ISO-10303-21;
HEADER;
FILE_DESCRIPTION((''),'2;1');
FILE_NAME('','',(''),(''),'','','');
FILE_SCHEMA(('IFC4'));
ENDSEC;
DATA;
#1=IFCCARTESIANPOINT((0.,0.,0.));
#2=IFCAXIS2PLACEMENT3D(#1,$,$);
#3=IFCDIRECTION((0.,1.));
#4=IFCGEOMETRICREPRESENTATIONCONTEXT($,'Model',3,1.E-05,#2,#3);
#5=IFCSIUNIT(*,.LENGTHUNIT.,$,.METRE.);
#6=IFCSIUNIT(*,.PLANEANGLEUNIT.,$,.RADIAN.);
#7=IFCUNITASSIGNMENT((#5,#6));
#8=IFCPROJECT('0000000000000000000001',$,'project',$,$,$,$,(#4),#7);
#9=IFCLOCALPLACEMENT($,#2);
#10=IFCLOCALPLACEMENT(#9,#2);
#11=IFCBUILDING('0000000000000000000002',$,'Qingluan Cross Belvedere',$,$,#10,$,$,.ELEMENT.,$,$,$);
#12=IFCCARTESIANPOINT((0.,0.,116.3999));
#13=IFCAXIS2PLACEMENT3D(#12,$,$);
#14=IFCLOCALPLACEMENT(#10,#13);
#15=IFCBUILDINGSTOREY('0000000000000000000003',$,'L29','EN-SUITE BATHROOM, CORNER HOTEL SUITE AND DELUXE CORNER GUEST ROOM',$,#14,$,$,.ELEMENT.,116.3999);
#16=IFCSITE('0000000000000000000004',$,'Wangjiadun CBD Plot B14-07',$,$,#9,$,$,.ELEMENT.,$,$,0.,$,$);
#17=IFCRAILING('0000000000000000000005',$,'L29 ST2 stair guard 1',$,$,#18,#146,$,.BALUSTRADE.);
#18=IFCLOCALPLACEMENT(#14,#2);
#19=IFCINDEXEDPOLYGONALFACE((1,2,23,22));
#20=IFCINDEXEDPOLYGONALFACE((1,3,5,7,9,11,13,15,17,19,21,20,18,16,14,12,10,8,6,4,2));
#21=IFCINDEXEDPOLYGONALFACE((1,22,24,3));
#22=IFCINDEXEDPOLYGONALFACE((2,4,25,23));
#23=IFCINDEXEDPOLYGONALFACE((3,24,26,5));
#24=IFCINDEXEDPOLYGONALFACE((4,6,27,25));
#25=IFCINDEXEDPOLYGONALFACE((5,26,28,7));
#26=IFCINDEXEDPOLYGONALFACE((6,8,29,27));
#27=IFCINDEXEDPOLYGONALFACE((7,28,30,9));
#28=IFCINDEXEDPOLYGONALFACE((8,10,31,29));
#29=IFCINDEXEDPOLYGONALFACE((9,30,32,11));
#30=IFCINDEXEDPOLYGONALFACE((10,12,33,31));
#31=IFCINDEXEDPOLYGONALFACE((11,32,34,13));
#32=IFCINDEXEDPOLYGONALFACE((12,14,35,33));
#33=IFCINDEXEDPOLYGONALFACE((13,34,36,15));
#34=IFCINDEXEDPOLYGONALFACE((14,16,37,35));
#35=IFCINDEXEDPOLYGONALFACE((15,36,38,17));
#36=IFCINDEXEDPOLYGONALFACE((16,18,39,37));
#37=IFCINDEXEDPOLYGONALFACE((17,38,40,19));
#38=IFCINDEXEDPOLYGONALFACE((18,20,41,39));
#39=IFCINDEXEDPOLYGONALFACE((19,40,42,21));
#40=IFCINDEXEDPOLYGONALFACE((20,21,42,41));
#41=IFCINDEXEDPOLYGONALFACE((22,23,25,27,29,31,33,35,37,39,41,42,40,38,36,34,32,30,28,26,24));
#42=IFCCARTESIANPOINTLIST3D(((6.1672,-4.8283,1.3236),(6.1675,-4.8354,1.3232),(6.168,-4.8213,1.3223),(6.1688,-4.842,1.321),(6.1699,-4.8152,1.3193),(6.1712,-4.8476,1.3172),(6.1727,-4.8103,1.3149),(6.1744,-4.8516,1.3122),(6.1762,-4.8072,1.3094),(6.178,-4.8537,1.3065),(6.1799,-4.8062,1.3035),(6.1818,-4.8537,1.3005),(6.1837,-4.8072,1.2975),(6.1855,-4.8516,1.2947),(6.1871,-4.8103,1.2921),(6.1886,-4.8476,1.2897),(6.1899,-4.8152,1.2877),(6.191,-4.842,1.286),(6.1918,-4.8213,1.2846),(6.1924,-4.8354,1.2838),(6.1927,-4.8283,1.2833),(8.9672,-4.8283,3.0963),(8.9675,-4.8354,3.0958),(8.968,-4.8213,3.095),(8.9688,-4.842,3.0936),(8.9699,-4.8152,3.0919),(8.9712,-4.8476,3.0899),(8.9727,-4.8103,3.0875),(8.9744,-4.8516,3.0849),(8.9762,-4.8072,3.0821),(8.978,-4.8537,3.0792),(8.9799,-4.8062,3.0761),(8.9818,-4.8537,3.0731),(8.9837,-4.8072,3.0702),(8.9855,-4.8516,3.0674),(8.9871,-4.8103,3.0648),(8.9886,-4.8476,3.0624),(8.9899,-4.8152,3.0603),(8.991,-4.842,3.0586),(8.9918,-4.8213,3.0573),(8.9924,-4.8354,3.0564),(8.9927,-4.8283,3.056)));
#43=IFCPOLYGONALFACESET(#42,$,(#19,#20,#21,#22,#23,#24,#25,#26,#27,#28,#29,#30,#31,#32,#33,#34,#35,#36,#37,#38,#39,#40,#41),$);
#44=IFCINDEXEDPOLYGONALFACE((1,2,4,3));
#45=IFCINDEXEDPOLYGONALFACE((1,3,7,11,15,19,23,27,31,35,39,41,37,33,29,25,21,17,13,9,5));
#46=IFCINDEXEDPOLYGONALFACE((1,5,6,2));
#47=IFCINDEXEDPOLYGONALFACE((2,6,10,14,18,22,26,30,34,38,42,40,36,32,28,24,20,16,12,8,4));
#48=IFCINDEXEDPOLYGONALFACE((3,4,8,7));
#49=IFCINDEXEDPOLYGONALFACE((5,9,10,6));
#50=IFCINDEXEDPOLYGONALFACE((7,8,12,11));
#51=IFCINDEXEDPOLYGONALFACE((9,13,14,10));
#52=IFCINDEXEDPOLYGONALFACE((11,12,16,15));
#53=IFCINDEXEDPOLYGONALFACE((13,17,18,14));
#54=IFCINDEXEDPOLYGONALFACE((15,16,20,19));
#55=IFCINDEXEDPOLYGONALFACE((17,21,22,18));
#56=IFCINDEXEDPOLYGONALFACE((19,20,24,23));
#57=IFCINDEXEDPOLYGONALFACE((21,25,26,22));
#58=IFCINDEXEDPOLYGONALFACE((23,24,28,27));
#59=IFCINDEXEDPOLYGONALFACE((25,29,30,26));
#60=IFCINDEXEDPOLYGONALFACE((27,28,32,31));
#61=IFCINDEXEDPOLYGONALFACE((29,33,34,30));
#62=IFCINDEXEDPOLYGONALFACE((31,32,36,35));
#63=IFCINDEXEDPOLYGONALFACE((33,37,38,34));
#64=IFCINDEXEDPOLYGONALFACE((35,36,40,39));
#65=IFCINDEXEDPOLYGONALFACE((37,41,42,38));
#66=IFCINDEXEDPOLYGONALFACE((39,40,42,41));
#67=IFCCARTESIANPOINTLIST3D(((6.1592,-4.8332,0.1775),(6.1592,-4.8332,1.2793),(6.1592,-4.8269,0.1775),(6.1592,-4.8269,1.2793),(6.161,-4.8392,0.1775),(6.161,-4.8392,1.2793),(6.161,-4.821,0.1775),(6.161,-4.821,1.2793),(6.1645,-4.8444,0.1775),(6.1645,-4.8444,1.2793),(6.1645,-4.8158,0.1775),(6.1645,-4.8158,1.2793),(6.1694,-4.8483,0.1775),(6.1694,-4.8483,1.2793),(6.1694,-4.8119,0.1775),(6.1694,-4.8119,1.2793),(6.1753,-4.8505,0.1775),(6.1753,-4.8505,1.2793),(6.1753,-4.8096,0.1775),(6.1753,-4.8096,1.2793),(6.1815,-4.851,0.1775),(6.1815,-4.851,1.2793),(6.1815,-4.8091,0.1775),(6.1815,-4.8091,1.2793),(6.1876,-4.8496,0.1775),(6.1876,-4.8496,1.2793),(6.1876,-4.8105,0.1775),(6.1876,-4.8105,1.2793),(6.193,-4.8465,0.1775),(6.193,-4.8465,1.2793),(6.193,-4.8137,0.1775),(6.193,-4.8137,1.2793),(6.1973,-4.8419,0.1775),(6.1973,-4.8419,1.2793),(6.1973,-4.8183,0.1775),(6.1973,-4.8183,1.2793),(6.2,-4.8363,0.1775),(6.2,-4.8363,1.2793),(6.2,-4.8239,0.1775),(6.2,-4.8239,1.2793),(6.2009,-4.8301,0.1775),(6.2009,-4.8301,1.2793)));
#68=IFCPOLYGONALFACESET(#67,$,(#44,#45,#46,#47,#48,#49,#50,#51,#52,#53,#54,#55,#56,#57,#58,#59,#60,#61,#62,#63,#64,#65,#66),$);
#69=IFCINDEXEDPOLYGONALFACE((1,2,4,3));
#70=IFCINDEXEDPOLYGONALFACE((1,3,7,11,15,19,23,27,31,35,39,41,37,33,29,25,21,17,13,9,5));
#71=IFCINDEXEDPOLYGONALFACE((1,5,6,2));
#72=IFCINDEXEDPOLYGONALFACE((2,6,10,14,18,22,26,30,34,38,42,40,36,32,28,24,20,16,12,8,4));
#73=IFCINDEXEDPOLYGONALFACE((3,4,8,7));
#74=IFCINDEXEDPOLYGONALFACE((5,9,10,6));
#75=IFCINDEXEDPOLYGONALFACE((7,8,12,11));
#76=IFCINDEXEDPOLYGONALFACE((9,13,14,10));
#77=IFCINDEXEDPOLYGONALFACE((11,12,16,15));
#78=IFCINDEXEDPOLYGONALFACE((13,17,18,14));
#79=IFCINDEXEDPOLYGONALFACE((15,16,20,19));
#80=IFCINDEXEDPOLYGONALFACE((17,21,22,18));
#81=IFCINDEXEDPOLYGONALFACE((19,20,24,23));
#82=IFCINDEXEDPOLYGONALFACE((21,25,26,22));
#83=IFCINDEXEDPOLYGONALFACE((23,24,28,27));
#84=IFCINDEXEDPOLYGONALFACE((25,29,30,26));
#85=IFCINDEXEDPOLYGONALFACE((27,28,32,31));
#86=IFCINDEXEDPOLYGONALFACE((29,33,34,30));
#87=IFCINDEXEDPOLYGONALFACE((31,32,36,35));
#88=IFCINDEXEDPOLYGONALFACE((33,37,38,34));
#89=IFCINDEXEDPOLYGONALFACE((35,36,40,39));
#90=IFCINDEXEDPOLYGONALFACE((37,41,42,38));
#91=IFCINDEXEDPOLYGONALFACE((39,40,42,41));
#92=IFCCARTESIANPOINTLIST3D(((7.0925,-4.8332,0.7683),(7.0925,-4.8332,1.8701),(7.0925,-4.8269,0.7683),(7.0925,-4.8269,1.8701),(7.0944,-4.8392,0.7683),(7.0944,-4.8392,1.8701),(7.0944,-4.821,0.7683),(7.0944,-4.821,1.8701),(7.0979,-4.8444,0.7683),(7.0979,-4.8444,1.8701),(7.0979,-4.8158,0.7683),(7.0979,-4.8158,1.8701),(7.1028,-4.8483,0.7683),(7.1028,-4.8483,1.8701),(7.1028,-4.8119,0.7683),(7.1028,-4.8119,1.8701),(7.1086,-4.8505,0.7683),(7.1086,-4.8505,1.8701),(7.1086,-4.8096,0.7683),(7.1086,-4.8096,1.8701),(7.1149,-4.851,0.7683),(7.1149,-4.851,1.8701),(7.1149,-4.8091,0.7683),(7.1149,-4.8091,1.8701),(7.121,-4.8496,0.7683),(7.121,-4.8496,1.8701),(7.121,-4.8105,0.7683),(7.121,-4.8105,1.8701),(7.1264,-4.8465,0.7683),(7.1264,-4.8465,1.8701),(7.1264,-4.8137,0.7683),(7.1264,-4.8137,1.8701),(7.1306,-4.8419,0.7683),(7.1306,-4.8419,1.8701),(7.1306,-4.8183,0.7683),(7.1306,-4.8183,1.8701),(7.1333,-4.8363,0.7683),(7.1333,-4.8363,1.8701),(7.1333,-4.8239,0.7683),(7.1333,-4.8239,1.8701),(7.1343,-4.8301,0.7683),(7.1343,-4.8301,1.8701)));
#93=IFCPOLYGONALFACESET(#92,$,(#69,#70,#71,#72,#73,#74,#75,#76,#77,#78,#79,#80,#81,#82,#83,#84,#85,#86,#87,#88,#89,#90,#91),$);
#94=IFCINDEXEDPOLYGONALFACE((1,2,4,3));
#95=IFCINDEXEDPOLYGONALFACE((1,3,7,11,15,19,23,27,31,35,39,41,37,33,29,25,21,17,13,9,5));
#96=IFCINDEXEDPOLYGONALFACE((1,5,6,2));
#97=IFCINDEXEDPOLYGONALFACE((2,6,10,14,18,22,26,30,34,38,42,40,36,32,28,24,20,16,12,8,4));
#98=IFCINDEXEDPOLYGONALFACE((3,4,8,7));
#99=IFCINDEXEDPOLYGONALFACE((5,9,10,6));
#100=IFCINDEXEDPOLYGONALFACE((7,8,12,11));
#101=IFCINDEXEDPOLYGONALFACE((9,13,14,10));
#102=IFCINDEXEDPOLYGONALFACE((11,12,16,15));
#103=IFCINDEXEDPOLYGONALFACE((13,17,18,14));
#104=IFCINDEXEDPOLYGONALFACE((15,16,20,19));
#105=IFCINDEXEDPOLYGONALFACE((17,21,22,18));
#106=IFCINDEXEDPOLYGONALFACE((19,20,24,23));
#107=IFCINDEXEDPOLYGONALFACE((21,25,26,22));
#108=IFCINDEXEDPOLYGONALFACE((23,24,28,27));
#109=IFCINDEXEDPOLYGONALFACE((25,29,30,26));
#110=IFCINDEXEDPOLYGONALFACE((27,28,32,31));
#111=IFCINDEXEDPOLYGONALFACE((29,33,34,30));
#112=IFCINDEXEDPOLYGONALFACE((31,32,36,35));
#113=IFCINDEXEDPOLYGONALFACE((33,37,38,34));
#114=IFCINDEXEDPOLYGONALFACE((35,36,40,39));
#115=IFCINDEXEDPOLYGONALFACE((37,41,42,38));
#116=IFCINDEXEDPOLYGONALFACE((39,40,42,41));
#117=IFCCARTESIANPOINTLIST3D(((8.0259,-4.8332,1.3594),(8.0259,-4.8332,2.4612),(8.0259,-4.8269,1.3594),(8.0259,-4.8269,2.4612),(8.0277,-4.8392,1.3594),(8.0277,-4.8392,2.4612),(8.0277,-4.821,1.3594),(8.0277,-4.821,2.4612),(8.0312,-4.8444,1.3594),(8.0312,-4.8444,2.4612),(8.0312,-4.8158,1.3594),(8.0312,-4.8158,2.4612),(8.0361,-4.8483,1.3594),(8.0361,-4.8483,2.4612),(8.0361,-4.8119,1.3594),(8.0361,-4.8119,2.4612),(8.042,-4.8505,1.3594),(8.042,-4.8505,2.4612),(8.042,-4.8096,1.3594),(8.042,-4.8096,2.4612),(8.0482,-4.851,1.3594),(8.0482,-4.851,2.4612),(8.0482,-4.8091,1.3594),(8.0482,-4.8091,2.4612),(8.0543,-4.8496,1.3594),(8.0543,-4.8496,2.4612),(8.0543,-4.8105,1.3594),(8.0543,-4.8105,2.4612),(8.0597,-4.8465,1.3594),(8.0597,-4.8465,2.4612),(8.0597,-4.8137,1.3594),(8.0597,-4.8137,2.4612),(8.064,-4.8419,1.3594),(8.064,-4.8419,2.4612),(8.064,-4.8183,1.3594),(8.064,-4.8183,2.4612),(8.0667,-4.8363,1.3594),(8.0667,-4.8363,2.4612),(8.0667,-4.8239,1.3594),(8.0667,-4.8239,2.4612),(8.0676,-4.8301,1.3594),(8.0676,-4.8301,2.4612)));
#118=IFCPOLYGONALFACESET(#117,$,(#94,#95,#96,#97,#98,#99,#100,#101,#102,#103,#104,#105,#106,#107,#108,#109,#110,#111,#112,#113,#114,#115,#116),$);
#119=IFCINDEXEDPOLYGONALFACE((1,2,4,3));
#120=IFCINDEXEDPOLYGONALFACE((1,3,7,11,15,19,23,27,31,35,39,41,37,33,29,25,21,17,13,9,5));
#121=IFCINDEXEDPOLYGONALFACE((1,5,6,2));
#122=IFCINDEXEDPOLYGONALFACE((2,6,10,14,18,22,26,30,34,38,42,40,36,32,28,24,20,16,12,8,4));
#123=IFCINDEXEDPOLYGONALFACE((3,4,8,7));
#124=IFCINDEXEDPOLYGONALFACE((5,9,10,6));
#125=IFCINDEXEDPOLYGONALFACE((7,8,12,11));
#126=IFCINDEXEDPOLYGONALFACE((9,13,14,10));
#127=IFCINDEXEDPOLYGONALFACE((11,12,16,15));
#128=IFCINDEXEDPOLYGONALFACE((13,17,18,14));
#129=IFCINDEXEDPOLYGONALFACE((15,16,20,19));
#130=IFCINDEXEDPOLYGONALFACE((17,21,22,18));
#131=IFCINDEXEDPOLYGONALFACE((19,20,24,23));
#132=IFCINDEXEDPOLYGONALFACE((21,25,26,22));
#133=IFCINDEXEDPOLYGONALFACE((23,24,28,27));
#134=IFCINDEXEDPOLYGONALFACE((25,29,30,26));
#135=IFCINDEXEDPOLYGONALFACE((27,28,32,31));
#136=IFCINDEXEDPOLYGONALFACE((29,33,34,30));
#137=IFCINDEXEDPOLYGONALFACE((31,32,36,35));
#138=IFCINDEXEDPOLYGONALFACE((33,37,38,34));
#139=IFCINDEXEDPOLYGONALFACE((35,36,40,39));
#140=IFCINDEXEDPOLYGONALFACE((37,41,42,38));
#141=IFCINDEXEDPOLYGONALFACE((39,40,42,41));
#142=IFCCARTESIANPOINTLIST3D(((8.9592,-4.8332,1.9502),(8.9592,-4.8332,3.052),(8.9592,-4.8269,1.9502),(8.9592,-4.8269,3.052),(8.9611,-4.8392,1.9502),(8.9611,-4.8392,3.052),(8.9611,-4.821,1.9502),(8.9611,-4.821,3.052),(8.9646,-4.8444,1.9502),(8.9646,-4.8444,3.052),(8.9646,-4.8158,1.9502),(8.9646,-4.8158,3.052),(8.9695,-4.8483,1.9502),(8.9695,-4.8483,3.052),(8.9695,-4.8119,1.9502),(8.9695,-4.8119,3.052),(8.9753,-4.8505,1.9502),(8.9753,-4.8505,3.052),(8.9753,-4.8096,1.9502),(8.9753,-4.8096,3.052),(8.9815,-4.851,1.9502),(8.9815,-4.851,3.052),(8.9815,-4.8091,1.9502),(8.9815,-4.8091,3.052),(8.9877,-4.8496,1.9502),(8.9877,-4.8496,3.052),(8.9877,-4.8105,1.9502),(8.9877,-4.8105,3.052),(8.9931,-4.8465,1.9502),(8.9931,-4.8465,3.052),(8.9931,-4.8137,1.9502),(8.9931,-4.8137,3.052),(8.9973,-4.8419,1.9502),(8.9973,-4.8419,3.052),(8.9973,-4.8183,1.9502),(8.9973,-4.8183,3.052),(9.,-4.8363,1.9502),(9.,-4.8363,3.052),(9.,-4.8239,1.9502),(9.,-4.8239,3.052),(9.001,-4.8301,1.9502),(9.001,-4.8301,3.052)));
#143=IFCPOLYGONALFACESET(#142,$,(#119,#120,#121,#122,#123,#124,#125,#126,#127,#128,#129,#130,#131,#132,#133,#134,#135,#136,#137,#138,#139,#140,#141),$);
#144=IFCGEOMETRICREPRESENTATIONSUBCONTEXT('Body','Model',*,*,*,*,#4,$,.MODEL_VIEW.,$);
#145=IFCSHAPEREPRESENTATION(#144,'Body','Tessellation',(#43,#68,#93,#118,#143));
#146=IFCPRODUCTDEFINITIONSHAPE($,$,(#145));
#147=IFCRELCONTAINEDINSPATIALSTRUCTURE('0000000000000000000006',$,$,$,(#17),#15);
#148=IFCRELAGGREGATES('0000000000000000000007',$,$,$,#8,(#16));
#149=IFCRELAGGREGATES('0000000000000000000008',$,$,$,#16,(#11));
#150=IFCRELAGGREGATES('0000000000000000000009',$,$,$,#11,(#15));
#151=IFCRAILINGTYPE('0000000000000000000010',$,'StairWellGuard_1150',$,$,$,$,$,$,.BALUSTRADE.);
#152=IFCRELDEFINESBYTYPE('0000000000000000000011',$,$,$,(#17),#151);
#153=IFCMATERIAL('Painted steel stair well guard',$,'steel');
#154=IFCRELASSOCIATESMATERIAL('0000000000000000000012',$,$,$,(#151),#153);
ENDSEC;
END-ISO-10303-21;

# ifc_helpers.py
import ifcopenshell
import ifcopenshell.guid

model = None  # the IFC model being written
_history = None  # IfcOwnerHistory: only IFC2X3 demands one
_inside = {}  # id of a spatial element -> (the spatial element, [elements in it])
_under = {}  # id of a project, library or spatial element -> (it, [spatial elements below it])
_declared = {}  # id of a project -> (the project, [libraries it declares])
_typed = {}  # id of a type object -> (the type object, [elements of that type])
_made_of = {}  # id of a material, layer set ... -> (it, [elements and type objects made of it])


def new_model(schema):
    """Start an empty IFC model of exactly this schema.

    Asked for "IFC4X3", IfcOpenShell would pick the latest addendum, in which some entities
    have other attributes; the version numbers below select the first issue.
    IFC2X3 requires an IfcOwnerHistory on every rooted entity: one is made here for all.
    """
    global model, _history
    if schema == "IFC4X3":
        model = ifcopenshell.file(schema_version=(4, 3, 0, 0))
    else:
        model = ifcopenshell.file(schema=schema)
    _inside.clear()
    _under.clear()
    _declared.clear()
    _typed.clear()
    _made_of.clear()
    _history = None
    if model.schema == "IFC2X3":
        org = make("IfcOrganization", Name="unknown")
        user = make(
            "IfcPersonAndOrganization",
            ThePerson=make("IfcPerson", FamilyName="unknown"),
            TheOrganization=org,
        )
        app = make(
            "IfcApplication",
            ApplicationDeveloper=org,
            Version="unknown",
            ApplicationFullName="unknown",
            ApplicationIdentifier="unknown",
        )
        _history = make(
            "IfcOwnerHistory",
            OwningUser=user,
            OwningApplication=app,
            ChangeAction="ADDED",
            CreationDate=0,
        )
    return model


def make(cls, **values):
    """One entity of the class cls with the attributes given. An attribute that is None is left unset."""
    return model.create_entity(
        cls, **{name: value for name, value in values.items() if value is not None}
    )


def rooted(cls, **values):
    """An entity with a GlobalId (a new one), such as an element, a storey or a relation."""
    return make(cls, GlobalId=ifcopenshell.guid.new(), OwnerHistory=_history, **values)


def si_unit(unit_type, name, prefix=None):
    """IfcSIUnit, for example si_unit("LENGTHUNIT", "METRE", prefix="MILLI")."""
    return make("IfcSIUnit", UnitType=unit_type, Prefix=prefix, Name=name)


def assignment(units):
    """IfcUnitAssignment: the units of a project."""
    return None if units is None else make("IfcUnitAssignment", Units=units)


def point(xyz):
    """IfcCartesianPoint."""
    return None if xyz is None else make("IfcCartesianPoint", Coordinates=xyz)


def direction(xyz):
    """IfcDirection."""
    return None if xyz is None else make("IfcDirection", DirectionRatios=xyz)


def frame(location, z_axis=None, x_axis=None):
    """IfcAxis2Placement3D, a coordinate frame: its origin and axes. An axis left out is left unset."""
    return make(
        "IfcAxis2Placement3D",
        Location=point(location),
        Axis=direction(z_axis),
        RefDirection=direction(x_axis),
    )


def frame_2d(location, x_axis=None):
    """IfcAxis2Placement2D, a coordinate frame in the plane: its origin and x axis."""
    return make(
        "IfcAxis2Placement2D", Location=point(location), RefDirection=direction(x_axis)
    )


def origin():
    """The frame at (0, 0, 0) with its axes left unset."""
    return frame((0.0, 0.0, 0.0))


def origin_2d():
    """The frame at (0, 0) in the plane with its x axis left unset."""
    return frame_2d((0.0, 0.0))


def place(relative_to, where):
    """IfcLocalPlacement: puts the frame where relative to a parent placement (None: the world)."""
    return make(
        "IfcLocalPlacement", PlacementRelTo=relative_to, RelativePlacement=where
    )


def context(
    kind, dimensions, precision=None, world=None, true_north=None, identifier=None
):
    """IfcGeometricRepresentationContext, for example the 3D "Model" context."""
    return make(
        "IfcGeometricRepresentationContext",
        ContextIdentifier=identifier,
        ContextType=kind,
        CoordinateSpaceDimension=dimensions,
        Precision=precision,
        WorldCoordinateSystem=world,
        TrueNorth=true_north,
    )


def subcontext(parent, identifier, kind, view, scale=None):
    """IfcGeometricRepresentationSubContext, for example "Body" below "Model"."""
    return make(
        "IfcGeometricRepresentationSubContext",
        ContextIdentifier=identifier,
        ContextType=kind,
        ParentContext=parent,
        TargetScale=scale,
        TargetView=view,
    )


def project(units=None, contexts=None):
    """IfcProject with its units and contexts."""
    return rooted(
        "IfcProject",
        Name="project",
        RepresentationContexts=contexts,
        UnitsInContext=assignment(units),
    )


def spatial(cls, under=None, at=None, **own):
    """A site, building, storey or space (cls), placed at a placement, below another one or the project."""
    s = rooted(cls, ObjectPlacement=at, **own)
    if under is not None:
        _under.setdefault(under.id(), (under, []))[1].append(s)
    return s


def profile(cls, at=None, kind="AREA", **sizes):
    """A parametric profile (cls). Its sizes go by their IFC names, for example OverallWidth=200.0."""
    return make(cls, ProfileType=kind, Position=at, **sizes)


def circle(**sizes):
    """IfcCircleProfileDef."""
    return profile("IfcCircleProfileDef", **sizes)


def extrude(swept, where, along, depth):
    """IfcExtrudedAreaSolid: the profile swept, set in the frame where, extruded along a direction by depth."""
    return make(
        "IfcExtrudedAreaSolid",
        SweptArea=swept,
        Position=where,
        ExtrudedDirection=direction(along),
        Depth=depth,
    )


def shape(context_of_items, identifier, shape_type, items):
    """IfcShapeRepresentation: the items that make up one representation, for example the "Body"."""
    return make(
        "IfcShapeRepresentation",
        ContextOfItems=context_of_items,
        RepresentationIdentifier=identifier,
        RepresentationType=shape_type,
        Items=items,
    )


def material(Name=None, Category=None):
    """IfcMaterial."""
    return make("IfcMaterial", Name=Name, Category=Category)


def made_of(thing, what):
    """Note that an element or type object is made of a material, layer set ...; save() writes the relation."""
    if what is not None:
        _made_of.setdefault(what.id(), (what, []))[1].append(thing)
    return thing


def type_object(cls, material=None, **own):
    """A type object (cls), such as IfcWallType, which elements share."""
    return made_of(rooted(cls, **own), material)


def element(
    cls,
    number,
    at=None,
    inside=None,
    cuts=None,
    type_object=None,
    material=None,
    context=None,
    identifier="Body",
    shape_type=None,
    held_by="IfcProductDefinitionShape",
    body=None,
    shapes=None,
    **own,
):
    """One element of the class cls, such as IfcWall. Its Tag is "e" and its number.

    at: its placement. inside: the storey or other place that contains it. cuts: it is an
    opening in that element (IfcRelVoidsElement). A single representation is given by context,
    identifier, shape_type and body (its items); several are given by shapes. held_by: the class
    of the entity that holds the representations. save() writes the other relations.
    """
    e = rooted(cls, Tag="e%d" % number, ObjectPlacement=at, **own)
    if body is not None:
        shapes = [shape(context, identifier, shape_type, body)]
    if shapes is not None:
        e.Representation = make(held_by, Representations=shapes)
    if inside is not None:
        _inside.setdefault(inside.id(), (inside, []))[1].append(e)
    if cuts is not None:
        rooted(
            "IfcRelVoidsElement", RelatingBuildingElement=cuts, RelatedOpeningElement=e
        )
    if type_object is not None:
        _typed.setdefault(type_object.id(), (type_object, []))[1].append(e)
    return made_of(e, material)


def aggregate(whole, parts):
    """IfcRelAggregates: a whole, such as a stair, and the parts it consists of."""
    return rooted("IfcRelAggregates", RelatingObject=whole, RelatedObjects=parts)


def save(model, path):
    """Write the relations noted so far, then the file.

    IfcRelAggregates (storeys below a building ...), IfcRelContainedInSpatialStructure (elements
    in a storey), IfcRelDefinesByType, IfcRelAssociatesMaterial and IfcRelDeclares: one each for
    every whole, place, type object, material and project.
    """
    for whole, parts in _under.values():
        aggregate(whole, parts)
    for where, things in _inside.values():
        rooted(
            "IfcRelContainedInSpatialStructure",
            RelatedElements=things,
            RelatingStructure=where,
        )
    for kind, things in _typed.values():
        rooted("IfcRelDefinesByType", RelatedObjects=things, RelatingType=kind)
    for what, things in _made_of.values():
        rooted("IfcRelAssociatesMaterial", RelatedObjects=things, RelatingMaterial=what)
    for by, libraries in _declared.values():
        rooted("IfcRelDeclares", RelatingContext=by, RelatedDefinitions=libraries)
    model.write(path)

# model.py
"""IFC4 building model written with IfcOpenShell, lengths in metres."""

from ifc_helpers import new_model, si_unit, direction, frame, origin, origin_2d, place, context, subcontext, project, spatial, circle, extrude, material, type_object, element, save


model = new_model("IFC4")

# Units and contexts
model_context = context("Model", 3, precision=1e-05, world=origin(), true_north=direction((0.0, 1.0)))
body_context = subcontext(model_context, "Body", "Model", "MODEL_VIEW")
ifc_project = project(units=[si_unit("LENGTHUNIT", "METRE"), si_unit("PLANEANGLEUNIT", "RADIAN")], contexts=[model_context])

# Site, building, storey
site_placement = place(None, origin())
site = spatial("IfcSite", under=ifc_project, at=site_placement, Name="Wangjiadun CBD Plot B14-07", CompositionType="ELEMENT", RefElevation=0.0)
building_placement = place(site_placement, origin())
building = spatial("IfcBuilding", under=site, at=building_placement, Name="Qingluan Cross Belvedere", CompositionType="ELEMENT")
storey_placement = place(building_placement, frame((0.0, 0.0, 116.3999)))
storey = spatial("IfcBuildingStorey", under=building, at=storey_placement, Name="L29", Description="EN-SUITE BATHROOM, CORNER HOTEL SUITE AND DELUXE CORNER GUEST ROOM", CompositionType="ELEMENT", Elevation=116.3999)

# Railing
ifc_material_1 = material(Name="Painted steel stair well guard", Category="steel")
railing_type_1 = type_object("IfcRailingType", Name="StairWellGuard_1150", PredefinedType="BALUSTRADE", material=ifc_material_1)
railing_1_placement = place(storey_placement, frame((6.1799, -4.8301, 0.1775)))
element("IfcRailing", 1, at=railing_1_placement, inside=storey, type_object=railing_type_1, Name="L29 ST2 stair guard 1", PredefinedType="BALUSTRADE", context=body_context, shape_type="SweptSolid", body=[
    extrude(circle(Radius=0.0239, at=origin_2d()), frame((0.0, 0.0, 1.126), z_axis=(0.844909, 0.0, 0.53491), x_axis=(0.0, 1.0, 0.0)), (0.0, 0.0, 1.0), 3.314),
    extrude(circle(Radius=0.021, at=origin_2d()), origin(), (0.0, 0.0, 1.0), 1.1018),
    extrude(circle(Radius=0.021, at=origin_2d()), frame((0.9333, 0.0, 0.5908)), (0.0, 0.0, 1.0), 1.1018),
    extrude(circle(Radius=0.021, at=origin_2d()), frame((1.8667, 0.0, 1.1819)), (0.0, 0.0, 1.0), 1.1018),
    extrude(circle(Radius=0.021, at=origin_2d()), frame((2.8, 0.0, 1.7727)), (0.0, 0.0, 1.0), 1.1018),
])

save(model, "model.ifc")
